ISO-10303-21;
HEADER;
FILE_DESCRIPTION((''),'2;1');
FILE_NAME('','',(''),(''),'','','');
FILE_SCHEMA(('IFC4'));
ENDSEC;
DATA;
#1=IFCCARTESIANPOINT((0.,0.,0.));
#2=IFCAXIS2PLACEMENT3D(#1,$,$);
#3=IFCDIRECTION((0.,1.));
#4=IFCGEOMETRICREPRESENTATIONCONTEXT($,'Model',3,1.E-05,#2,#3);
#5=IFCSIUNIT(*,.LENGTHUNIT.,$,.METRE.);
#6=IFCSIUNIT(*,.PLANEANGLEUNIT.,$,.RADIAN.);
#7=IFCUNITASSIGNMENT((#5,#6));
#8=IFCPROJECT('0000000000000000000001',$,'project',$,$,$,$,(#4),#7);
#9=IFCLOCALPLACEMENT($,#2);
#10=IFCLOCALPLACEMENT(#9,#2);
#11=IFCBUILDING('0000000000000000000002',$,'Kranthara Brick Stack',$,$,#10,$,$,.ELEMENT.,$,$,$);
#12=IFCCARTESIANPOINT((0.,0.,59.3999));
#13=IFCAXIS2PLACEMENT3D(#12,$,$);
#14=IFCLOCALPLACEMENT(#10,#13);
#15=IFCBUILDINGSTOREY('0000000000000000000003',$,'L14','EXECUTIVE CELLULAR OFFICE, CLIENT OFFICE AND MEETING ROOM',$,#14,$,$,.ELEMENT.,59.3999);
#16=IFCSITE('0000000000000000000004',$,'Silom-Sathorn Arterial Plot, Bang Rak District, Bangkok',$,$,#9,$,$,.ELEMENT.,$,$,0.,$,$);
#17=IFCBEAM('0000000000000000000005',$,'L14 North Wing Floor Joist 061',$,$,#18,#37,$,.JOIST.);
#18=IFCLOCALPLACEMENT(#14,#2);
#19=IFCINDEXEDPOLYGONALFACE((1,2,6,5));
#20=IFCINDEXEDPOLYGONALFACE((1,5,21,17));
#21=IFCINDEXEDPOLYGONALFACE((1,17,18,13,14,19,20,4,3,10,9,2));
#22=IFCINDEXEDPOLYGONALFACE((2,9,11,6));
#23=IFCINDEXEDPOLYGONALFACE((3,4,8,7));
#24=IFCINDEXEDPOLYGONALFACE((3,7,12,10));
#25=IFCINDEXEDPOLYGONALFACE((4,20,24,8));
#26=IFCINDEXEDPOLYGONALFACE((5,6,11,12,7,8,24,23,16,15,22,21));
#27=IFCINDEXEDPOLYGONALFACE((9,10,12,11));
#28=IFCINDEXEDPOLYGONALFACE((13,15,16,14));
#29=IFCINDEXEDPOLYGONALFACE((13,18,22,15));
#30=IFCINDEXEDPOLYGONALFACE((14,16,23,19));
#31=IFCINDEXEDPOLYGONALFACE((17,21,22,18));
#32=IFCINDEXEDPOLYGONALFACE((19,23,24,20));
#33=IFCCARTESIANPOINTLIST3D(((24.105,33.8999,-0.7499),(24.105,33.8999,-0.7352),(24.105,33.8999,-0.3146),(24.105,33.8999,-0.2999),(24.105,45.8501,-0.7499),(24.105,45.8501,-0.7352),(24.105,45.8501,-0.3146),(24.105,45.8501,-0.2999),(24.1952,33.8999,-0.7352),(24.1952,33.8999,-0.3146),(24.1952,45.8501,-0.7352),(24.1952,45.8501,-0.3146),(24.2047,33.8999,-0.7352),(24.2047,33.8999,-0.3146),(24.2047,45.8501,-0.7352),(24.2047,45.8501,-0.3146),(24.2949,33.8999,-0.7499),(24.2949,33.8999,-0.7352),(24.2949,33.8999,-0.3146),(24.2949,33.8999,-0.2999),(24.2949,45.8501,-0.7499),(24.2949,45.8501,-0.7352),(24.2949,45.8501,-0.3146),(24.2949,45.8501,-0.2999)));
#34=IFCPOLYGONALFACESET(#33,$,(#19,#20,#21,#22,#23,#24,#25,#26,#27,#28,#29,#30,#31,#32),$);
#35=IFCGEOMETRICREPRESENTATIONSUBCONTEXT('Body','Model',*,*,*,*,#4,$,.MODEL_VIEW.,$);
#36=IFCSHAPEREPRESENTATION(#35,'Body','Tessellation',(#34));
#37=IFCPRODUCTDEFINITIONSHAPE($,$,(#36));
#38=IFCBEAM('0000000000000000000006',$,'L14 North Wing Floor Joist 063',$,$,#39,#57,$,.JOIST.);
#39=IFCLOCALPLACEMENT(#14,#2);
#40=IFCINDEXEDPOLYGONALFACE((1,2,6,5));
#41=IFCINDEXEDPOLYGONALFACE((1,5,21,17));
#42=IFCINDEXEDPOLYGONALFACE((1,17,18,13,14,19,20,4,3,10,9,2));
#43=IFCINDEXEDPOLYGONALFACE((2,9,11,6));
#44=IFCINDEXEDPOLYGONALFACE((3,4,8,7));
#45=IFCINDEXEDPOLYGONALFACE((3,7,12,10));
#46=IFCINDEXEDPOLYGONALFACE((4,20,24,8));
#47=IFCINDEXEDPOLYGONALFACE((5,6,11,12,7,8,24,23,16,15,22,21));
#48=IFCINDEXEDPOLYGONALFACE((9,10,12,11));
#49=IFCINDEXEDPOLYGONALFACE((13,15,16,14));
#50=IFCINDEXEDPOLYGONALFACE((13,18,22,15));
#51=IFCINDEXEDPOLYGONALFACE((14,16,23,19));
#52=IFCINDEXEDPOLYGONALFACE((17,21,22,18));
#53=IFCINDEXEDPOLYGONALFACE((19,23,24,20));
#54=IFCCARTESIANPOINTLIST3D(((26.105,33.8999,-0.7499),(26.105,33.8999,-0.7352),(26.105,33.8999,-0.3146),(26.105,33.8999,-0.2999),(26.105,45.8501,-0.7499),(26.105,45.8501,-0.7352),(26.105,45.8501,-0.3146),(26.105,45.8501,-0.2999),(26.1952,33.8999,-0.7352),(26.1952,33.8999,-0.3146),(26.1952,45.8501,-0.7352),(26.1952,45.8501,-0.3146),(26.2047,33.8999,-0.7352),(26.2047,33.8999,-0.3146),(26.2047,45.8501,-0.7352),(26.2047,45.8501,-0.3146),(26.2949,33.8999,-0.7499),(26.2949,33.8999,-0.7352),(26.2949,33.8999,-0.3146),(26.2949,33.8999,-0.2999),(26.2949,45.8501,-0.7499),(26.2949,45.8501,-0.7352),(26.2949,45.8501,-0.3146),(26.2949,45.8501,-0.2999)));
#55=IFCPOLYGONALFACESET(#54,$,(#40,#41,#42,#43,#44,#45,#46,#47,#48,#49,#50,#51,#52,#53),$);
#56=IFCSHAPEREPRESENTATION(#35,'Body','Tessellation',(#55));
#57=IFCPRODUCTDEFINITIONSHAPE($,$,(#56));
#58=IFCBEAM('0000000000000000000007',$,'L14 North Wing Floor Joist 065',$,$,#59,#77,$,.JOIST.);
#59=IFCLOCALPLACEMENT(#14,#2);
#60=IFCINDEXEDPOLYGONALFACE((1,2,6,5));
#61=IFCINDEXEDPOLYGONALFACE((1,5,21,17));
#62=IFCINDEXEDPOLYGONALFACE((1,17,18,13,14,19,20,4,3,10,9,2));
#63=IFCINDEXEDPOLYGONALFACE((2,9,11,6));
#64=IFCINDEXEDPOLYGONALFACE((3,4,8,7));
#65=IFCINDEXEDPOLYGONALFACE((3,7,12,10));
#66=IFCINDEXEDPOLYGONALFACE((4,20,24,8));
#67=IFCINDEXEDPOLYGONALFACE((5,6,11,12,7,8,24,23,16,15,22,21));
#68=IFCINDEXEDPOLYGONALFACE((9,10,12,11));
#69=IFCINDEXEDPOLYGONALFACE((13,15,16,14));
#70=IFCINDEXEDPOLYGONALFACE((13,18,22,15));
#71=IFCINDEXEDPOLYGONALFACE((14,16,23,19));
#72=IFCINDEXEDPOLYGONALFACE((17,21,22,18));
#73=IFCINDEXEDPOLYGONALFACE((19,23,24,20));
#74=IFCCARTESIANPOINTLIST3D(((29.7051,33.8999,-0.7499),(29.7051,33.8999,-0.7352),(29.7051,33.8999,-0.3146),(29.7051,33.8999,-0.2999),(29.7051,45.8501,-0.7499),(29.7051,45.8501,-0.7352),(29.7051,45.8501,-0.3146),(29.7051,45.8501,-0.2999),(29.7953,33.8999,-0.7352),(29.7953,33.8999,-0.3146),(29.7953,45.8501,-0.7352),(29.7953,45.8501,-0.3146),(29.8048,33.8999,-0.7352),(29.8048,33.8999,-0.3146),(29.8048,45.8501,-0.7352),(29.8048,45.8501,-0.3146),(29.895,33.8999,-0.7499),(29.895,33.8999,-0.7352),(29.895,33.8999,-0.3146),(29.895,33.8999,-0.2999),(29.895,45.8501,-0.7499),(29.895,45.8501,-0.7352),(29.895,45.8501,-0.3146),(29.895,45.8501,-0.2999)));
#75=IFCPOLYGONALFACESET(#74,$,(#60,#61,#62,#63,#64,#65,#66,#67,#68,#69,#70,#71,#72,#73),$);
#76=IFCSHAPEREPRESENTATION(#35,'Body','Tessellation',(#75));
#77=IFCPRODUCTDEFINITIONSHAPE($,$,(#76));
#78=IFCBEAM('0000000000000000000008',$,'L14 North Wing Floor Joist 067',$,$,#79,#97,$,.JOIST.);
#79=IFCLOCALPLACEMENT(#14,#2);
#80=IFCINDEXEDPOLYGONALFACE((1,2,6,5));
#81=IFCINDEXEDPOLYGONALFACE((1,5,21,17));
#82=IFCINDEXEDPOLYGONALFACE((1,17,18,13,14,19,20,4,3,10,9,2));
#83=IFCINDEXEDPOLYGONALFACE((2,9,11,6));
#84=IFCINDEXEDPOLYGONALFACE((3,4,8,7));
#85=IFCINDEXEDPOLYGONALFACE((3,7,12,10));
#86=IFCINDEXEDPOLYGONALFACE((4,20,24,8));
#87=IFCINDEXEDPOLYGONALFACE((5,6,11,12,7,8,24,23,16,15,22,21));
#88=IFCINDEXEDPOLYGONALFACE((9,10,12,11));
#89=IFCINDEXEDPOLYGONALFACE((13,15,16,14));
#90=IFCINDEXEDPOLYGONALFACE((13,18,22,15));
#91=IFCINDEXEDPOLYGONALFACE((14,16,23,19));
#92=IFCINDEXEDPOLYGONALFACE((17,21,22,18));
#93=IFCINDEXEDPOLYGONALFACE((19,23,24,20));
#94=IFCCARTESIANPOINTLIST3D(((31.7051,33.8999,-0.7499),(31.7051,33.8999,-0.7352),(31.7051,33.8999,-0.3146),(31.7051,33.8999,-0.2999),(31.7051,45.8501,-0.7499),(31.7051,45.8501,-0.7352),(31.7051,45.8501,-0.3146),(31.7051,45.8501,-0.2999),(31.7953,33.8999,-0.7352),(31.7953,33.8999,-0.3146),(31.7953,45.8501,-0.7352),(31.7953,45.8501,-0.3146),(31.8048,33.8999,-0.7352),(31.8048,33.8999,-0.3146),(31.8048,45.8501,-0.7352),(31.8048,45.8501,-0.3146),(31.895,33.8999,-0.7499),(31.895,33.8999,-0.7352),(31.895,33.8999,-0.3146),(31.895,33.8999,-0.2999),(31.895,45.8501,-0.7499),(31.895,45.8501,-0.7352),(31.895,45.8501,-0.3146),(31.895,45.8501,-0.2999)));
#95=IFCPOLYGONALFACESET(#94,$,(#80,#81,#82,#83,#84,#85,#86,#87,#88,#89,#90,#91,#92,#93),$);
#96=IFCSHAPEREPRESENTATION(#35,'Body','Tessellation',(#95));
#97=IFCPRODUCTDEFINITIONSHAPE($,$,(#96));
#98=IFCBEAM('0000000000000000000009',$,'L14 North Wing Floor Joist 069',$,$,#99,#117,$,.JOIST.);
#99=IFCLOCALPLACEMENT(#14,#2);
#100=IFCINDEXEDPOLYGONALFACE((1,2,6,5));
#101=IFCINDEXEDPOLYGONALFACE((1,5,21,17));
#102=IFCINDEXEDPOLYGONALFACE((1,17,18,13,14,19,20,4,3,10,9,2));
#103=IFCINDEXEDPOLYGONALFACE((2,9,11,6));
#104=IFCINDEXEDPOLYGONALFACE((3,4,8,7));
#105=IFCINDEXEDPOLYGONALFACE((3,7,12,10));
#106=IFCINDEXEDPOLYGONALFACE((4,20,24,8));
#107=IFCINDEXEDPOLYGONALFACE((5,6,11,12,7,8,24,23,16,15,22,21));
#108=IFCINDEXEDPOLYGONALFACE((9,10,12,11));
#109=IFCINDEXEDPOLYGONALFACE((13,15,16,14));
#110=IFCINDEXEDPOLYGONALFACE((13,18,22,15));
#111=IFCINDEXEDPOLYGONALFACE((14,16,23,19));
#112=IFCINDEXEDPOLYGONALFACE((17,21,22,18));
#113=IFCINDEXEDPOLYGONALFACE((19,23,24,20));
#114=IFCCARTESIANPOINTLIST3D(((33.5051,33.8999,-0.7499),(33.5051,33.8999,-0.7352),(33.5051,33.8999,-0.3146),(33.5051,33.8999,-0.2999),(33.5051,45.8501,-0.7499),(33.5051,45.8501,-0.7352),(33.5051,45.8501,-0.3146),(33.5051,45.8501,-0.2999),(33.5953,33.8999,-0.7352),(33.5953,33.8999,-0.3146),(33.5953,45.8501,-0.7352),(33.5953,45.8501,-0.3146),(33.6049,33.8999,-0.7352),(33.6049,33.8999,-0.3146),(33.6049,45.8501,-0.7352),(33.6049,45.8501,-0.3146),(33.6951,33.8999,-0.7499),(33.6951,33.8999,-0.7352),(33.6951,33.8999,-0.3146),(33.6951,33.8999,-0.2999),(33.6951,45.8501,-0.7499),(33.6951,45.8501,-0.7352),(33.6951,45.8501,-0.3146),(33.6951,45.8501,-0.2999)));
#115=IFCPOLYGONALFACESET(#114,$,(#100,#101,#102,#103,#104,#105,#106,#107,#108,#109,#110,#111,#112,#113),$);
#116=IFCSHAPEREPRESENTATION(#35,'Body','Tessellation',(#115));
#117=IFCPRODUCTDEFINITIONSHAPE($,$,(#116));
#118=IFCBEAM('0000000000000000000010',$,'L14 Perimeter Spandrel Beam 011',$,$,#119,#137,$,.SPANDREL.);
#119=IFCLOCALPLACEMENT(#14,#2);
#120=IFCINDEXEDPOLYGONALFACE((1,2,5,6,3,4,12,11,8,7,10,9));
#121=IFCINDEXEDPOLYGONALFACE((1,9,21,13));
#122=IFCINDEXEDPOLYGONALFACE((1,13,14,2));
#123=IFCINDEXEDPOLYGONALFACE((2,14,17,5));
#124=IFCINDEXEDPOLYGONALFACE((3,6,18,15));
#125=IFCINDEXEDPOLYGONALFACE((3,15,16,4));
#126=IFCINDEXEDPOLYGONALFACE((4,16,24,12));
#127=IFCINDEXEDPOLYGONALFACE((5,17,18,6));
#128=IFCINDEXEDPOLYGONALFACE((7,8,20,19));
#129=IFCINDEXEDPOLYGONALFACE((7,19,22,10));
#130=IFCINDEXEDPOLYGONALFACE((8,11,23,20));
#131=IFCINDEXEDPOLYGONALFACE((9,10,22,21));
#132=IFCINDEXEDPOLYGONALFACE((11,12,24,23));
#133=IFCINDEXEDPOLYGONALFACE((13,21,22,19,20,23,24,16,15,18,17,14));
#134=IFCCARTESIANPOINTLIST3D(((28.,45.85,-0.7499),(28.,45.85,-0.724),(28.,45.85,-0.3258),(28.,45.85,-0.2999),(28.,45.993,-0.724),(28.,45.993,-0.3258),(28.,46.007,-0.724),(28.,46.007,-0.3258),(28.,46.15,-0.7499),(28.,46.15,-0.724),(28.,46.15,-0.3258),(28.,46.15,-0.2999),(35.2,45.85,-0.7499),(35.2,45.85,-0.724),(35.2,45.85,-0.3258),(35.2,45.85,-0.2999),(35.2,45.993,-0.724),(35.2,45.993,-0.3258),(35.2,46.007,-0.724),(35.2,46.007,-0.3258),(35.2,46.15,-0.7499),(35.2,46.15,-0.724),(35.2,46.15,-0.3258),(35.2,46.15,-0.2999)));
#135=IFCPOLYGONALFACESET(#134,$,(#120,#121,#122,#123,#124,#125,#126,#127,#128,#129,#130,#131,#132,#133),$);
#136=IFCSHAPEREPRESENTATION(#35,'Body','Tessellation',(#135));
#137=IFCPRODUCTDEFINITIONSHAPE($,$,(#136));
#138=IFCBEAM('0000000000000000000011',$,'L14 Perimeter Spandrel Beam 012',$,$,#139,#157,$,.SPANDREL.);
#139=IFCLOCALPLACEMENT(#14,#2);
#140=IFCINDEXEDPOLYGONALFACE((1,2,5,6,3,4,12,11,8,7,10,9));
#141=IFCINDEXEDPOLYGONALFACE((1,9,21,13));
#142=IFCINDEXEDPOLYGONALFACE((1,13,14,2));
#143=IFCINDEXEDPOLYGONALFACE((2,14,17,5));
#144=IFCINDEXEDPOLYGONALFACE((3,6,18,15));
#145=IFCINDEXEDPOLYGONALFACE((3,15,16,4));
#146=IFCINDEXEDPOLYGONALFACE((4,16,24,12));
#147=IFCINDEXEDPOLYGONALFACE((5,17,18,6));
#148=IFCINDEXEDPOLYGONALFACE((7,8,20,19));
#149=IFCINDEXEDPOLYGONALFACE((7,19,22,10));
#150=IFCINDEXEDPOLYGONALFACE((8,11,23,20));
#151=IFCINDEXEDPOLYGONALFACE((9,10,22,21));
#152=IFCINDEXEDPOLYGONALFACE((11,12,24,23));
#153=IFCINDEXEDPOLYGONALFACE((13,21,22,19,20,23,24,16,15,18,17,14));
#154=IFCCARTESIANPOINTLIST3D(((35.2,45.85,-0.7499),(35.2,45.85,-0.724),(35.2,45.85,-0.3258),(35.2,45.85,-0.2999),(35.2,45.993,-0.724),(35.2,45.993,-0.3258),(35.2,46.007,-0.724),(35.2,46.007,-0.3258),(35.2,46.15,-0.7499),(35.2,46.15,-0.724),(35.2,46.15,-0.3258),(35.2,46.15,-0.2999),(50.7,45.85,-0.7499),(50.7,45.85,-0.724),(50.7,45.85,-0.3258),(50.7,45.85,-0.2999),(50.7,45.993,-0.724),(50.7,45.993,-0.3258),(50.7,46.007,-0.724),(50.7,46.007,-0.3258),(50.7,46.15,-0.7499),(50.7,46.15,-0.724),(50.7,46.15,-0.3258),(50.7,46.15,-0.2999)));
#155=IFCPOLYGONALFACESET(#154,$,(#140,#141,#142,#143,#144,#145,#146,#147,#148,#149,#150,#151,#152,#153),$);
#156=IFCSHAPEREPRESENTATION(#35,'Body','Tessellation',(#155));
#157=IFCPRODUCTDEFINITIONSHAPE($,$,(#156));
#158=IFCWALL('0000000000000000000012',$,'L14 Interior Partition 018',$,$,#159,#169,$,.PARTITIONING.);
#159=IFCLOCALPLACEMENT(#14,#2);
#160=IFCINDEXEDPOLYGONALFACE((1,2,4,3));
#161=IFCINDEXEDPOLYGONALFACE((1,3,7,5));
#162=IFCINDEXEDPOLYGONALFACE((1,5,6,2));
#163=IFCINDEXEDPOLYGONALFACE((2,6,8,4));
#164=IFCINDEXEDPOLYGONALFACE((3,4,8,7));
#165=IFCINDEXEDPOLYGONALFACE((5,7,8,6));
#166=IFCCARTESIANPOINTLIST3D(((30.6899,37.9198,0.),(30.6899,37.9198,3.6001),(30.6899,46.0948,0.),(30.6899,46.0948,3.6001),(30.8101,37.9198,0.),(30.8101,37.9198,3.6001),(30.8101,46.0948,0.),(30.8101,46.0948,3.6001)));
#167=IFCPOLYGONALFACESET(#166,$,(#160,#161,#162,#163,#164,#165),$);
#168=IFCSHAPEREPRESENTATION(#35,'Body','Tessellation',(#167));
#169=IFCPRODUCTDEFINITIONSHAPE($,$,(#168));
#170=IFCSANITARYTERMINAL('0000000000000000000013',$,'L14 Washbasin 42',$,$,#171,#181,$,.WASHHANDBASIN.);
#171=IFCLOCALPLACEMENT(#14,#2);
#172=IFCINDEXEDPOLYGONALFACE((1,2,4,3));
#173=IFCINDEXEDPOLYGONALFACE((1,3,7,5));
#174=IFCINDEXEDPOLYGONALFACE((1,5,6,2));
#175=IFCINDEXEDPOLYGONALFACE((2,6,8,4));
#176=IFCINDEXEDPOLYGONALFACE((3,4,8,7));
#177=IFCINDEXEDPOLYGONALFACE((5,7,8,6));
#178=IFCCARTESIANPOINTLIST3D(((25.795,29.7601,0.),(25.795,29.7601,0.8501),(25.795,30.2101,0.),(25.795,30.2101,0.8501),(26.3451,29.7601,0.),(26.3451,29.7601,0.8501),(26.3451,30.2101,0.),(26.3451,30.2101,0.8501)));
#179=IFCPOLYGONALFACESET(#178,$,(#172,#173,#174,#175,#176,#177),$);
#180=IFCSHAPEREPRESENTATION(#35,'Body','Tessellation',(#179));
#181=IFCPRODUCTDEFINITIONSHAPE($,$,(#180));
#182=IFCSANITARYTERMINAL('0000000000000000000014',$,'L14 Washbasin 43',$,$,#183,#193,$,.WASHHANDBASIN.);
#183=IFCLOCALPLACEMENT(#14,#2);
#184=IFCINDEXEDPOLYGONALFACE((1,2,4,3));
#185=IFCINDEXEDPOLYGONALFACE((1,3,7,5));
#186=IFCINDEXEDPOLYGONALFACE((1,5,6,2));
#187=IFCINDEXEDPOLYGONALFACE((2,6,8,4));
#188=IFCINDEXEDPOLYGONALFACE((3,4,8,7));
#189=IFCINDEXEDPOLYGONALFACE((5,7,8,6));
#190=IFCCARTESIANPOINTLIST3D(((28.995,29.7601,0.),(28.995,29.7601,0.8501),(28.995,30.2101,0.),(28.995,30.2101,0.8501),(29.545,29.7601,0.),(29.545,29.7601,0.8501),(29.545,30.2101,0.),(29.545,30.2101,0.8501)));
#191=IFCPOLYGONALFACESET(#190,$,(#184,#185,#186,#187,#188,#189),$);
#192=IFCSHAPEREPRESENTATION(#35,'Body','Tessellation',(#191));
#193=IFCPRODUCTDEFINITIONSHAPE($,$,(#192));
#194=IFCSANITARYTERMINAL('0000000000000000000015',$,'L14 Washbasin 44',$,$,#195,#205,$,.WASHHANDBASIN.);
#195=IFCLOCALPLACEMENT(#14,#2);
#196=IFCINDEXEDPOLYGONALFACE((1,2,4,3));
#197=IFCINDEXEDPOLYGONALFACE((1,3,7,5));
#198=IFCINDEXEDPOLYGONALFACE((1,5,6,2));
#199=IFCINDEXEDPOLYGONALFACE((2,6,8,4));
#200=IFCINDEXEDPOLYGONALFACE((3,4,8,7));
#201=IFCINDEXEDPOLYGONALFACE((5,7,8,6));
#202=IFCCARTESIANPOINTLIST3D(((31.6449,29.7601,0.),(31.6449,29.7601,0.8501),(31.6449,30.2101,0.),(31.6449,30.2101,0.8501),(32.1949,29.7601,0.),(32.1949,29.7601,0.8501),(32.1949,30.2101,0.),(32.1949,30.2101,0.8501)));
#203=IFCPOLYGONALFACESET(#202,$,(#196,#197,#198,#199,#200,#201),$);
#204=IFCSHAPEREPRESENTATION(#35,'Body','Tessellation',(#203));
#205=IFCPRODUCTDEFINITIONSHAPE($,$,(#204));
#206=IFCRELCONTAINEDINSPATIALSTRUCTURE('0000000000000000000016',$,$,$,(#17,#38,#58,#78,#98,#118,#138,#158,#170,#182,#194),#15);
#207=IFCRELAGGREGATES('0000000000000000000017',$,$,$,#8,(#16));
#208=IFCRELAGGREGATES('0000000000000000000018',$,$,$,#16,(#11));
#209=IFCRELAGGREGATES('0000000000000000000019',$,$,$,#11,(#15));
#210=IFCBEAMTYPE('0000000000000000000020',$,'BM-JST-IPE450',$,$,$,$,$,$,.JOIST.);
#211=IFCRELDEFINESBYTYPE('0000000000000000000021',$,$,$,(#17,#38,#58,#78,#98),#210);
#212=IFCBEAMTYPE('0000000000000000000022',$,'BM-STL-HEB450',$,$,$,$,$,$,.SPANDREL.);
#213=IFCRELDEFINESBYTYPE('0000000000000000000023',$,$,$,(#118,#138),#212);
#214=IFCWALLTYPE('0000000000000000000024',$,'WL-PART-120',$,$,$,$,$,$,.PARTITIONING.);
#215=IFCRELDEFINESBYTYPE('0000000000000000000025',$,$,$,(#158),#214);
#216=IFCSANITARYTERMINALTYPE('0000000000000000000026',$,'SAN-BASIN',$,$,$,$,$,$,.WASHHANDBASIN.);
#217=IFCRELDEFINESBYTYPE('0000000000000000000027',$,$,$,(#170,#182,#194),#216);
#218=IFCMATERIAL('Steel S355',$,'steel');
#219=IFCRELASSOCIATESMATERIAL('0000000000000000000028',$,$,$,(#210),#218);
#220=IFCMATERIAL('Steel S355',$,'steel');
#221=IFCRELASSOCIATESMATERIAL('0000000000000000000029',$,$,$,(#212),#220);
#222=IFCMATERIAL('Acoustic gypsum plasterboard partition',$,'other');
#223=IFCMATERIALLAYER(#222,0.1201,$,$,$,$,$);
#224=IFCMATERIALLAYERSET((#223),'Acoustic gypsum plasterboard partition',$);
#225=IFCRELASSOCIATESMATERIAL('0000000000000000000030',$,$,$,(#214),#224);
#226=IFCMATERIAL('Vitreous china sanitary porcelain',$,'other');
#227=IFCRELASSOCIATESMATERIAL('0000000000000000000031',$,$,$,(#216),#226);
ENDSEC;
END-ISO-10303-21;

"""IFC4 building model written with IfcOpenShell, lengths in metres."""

from ifc_helpers import new_model, si_unit, direction, frame, frame_2d, origin, origin_2d, place, context, subcontext, project, spatial, rectangle, i_section, extrude, material, layer, layer_set, material_profile, profile_set, type_object, element, save


model = new_model("IFC4")

# Units and contexts
model_context = context("Model", 3, precision=1e-05, world=origin(), true_north=direction((0.0, 1.0)))
body_context = subcontext(model_context, "Body", "Model", "MODEL_VIEW")
ifc_project = project(units=[si_unit("LENGTHUNIT", "METRE"), si_unit("PLANEANGLEUNIT", "RADIAN")], contexts=[model_context])

# Site, building, storey
site_placement = place(None, origin())
site = spatial("IfcSite", under=ifc_project, at=site_placement, Name="Silom-Sathorn Arterial Plot, Bang Rak District, Bangkok", CompositionType="ELEMENT", RefElevation=0.0)
building_placement = place(site_placement, origin())
building = spatial("IfcBuilding", under=site, at=building_placement, Name="Kranthara Brick Stack", CompositionType="ELEMENT")
storey_placement = place(building_placement, frame((0.0, 0.0, 59.3999)))
storey = spatial("IfcBuildingStorey", under=building, at=storey_placement, Name="L14", Description="EXECUTIVE CELLULAR OFFICE, CLIENT OFFICE AND MEETING ROOM", CompositionType="ELEMENT", Elevation=59.3999)

# Beams
ifc_material_1 = material(Name="Steel S355", Category="steel")
ifc_material_profile_1 = material_profile(ifc_material_1, i_section(OverallWidth=0.1899, OverallDepth=0.45, WebThickness=0.0095, FlangeThickness=0.0146, at=origin_2d()), Name="IPE 450")
ifc_profile_set_1 = profile_set([ifc_material_profile_1], Name="Steel S355")
beam_type_1 = type_object("IfcBeamType", Name="BM-JST-IPE450", PredefinedType="JOIST", material=ifc_profile_set_1)
for number, where, z_axis, x_axis, name in (
    (1, (24.2, 33.8999, -0.5249), (0.0, 1.0, 0.0), (-1.0, 0.0, 0.0), "L14 North Wing Floor Joist 061"),
    (2, (26.2, 33.8999, -0.5249), (0.0, 1.0, 0.0), (-1.0, 0.0, 0.0), "L14 North Wing Floor Joist 063"),
    (3, (29.8, 33.8999, -0.5249), (0.0, 1.0, 0.0), (-1.0, 0.0, 0.0), "L14 North Wing Floor Joist 065"),
    (4, (31.8, 33.8999, -0.5249), (0.0, 1.0, 0.0), (-1.0, 0.0, 0.0), "L14 North Wing Floor Joist 067"),
    (5, (33.6001, 33.8999, -0.5249), (0.0, 1.0, 0.0), (-1.0, 0.0, 0.0), "L14 North Wing Floor Joist 069"),
):
    element("IfcBeam", number, at=place(storey_placement, frame(where, z_axis=z_axis, x_axis=x_axis)), inside=storey, type_object=beam_type_1, Name=name, PredefinedType="JOIST", context=body_context, shape_type="SweptSolid", body=[
        extrude(i_section(OverallWidth=0.1899, OverallDepth=0.45, WebThickness=0.0095, FlangeThickness=0.0146, at=origin_2d()), origin(), (0.0, 0.0, 1.0), 11.9502),
    ])
ifc_material_2 = material(Name="Steel S355", Category="steel")
ifc_material_profile_2 = material_profile(ifc_material_2, i_section(OverallWidth=0.3, OverallDepth=0.45, WebThickness=0.0139, FlangeThickness=0.0259, at=origin_2d()), Name="HEB 450")
ifc_profile_set_2 = profile_set([ifc_material_profile_2], Name="Steel S355")
beam_type_2 = type_object("IfcBeamType", Name="BM-STL-HEB450", PredefinedType="SPANDREL", material=ifc_profile_set_2)
beam_1_placement = place(storey_placement, frame((28.0, 46.0, -0.5249), z_axis=(1.0, 0.0, 0.0), x_axis=(0.0, 1.0, 0.0)))
element("IfcBeam", 6, at=beam_1_placement, inside=storey, type_object=beam_type_2, Name="L14 Perimeter Spandrel Beam 011", PredefinedType="SPANDREL", context=body_context, shape_type="SweptSolid", body=[
    extrude(i_section(OverallWidth=0.3, OverallDepth=0.45, WebThickness=0.0139, FlangeThickness=0.0259, at=origin_2d()), origin(), (0.0, 0.0, 1.0), 7.2),
])
beam_2_placement = place(storey_placement, frame((35.2, 46.0, -0.5249), z_axis=(1.0, 0.0, 0.0), x_axis=(0.0, 1.0, 0.0)))
element("IfcBeam", 7, at=beam_2_placement, inside=storey, type_object=beam_type_2, Name="L14 Perimeter Spandrel Beam 012", PredefinedType="SPANDREL", context=body_context, shape_type="SweptSolid", body=[
    extrude(i_section(OverallWidth=0.3, OverallDepth=0.45, WebThickness=0.0139, FlangeThickness=0.0259, at=origin_2d()), origin(), (0.0, 0.0, 1.0), 15.5),
])

# Wall
ifc_material_3 = material(Name="Acoustic gypsum plasterboard partition", Category="other")
ifc_layer = layer(ifc_material_3, 0.1201)
ifc_layer_set = layer_set([ifc_layer], Name="Acoustic gypsum plasterboard partition")
wall_type = type_object("IfcWallType", Name="WL-PART-120", PredefinedType="PARTITIONING", material=ifc_layer_set)
wall_placement = place(storey_placement, frame((30.75, 37.9199, 0.0), z_axis=(0.0, 0.0, 1.0), x_axis=(0.0, 1.0, 0.0)))
element("IfcWall", 8, at=wall_placement, inside=storey, type_object=wall_type, Name="L14 Interior Partition 018", PredefinedType="PARTITIONING", context=body_context, shape_type="SweptSolid", body=[
    extrude(rectangle(XDim=8.175, YDim=0.1201, at=frame_2d((4.0874, 0.0))), origin(), (0.0, 0.0, 1.0), 3.6001),
])

# Sanitary terminals
ifc_material_4 = material(Name="Vitreous china sanitary porcelain", Category="other")
sanitary_terminal_type_1 = type_object("IfcSanitaryTerminalType", Name="SAN-BASIN", PredefinedType="WASHHANDBASIN", material=ifc_material_4)
for number, where, z_axis, x_axis, name in (
    (9, (26.0701, 29.9851, 0.0), (0.0, 0.0, 1.0), (1.0, 0.0, 0.0), "L14 Washbasin 42"),
    (10, (29.27, 29.9851, 0.0), (0.0, 0.0, 1.0), (1.0, 0.0, 0.0), "L14 Washbasin 43"),
    (11, (31.9199, 29.9851, 0.0), (0.0, 0.0, 1.0), (1.0, 0.0, 0.0), "L14 Washbasin 44"),
):
    element("IfcSanitaryTerminal", number, at=place(storey_placement, frame(where, z_axis=z_axis, x_axis=x_axis)), inside=storey, type_object=sanitary_terminal_type_1, Name=name, PredefinedType="WASHHANDBASIN", context=body_context, shape_type="SweptSolid", body=[
        extrude(rectangle(XDim=0.55, YDim=0.45, at=origin_2d()), origin(), (0.0, 0.0, 1.0), 0.8501),
    ])

save(model, "model.ifc")
